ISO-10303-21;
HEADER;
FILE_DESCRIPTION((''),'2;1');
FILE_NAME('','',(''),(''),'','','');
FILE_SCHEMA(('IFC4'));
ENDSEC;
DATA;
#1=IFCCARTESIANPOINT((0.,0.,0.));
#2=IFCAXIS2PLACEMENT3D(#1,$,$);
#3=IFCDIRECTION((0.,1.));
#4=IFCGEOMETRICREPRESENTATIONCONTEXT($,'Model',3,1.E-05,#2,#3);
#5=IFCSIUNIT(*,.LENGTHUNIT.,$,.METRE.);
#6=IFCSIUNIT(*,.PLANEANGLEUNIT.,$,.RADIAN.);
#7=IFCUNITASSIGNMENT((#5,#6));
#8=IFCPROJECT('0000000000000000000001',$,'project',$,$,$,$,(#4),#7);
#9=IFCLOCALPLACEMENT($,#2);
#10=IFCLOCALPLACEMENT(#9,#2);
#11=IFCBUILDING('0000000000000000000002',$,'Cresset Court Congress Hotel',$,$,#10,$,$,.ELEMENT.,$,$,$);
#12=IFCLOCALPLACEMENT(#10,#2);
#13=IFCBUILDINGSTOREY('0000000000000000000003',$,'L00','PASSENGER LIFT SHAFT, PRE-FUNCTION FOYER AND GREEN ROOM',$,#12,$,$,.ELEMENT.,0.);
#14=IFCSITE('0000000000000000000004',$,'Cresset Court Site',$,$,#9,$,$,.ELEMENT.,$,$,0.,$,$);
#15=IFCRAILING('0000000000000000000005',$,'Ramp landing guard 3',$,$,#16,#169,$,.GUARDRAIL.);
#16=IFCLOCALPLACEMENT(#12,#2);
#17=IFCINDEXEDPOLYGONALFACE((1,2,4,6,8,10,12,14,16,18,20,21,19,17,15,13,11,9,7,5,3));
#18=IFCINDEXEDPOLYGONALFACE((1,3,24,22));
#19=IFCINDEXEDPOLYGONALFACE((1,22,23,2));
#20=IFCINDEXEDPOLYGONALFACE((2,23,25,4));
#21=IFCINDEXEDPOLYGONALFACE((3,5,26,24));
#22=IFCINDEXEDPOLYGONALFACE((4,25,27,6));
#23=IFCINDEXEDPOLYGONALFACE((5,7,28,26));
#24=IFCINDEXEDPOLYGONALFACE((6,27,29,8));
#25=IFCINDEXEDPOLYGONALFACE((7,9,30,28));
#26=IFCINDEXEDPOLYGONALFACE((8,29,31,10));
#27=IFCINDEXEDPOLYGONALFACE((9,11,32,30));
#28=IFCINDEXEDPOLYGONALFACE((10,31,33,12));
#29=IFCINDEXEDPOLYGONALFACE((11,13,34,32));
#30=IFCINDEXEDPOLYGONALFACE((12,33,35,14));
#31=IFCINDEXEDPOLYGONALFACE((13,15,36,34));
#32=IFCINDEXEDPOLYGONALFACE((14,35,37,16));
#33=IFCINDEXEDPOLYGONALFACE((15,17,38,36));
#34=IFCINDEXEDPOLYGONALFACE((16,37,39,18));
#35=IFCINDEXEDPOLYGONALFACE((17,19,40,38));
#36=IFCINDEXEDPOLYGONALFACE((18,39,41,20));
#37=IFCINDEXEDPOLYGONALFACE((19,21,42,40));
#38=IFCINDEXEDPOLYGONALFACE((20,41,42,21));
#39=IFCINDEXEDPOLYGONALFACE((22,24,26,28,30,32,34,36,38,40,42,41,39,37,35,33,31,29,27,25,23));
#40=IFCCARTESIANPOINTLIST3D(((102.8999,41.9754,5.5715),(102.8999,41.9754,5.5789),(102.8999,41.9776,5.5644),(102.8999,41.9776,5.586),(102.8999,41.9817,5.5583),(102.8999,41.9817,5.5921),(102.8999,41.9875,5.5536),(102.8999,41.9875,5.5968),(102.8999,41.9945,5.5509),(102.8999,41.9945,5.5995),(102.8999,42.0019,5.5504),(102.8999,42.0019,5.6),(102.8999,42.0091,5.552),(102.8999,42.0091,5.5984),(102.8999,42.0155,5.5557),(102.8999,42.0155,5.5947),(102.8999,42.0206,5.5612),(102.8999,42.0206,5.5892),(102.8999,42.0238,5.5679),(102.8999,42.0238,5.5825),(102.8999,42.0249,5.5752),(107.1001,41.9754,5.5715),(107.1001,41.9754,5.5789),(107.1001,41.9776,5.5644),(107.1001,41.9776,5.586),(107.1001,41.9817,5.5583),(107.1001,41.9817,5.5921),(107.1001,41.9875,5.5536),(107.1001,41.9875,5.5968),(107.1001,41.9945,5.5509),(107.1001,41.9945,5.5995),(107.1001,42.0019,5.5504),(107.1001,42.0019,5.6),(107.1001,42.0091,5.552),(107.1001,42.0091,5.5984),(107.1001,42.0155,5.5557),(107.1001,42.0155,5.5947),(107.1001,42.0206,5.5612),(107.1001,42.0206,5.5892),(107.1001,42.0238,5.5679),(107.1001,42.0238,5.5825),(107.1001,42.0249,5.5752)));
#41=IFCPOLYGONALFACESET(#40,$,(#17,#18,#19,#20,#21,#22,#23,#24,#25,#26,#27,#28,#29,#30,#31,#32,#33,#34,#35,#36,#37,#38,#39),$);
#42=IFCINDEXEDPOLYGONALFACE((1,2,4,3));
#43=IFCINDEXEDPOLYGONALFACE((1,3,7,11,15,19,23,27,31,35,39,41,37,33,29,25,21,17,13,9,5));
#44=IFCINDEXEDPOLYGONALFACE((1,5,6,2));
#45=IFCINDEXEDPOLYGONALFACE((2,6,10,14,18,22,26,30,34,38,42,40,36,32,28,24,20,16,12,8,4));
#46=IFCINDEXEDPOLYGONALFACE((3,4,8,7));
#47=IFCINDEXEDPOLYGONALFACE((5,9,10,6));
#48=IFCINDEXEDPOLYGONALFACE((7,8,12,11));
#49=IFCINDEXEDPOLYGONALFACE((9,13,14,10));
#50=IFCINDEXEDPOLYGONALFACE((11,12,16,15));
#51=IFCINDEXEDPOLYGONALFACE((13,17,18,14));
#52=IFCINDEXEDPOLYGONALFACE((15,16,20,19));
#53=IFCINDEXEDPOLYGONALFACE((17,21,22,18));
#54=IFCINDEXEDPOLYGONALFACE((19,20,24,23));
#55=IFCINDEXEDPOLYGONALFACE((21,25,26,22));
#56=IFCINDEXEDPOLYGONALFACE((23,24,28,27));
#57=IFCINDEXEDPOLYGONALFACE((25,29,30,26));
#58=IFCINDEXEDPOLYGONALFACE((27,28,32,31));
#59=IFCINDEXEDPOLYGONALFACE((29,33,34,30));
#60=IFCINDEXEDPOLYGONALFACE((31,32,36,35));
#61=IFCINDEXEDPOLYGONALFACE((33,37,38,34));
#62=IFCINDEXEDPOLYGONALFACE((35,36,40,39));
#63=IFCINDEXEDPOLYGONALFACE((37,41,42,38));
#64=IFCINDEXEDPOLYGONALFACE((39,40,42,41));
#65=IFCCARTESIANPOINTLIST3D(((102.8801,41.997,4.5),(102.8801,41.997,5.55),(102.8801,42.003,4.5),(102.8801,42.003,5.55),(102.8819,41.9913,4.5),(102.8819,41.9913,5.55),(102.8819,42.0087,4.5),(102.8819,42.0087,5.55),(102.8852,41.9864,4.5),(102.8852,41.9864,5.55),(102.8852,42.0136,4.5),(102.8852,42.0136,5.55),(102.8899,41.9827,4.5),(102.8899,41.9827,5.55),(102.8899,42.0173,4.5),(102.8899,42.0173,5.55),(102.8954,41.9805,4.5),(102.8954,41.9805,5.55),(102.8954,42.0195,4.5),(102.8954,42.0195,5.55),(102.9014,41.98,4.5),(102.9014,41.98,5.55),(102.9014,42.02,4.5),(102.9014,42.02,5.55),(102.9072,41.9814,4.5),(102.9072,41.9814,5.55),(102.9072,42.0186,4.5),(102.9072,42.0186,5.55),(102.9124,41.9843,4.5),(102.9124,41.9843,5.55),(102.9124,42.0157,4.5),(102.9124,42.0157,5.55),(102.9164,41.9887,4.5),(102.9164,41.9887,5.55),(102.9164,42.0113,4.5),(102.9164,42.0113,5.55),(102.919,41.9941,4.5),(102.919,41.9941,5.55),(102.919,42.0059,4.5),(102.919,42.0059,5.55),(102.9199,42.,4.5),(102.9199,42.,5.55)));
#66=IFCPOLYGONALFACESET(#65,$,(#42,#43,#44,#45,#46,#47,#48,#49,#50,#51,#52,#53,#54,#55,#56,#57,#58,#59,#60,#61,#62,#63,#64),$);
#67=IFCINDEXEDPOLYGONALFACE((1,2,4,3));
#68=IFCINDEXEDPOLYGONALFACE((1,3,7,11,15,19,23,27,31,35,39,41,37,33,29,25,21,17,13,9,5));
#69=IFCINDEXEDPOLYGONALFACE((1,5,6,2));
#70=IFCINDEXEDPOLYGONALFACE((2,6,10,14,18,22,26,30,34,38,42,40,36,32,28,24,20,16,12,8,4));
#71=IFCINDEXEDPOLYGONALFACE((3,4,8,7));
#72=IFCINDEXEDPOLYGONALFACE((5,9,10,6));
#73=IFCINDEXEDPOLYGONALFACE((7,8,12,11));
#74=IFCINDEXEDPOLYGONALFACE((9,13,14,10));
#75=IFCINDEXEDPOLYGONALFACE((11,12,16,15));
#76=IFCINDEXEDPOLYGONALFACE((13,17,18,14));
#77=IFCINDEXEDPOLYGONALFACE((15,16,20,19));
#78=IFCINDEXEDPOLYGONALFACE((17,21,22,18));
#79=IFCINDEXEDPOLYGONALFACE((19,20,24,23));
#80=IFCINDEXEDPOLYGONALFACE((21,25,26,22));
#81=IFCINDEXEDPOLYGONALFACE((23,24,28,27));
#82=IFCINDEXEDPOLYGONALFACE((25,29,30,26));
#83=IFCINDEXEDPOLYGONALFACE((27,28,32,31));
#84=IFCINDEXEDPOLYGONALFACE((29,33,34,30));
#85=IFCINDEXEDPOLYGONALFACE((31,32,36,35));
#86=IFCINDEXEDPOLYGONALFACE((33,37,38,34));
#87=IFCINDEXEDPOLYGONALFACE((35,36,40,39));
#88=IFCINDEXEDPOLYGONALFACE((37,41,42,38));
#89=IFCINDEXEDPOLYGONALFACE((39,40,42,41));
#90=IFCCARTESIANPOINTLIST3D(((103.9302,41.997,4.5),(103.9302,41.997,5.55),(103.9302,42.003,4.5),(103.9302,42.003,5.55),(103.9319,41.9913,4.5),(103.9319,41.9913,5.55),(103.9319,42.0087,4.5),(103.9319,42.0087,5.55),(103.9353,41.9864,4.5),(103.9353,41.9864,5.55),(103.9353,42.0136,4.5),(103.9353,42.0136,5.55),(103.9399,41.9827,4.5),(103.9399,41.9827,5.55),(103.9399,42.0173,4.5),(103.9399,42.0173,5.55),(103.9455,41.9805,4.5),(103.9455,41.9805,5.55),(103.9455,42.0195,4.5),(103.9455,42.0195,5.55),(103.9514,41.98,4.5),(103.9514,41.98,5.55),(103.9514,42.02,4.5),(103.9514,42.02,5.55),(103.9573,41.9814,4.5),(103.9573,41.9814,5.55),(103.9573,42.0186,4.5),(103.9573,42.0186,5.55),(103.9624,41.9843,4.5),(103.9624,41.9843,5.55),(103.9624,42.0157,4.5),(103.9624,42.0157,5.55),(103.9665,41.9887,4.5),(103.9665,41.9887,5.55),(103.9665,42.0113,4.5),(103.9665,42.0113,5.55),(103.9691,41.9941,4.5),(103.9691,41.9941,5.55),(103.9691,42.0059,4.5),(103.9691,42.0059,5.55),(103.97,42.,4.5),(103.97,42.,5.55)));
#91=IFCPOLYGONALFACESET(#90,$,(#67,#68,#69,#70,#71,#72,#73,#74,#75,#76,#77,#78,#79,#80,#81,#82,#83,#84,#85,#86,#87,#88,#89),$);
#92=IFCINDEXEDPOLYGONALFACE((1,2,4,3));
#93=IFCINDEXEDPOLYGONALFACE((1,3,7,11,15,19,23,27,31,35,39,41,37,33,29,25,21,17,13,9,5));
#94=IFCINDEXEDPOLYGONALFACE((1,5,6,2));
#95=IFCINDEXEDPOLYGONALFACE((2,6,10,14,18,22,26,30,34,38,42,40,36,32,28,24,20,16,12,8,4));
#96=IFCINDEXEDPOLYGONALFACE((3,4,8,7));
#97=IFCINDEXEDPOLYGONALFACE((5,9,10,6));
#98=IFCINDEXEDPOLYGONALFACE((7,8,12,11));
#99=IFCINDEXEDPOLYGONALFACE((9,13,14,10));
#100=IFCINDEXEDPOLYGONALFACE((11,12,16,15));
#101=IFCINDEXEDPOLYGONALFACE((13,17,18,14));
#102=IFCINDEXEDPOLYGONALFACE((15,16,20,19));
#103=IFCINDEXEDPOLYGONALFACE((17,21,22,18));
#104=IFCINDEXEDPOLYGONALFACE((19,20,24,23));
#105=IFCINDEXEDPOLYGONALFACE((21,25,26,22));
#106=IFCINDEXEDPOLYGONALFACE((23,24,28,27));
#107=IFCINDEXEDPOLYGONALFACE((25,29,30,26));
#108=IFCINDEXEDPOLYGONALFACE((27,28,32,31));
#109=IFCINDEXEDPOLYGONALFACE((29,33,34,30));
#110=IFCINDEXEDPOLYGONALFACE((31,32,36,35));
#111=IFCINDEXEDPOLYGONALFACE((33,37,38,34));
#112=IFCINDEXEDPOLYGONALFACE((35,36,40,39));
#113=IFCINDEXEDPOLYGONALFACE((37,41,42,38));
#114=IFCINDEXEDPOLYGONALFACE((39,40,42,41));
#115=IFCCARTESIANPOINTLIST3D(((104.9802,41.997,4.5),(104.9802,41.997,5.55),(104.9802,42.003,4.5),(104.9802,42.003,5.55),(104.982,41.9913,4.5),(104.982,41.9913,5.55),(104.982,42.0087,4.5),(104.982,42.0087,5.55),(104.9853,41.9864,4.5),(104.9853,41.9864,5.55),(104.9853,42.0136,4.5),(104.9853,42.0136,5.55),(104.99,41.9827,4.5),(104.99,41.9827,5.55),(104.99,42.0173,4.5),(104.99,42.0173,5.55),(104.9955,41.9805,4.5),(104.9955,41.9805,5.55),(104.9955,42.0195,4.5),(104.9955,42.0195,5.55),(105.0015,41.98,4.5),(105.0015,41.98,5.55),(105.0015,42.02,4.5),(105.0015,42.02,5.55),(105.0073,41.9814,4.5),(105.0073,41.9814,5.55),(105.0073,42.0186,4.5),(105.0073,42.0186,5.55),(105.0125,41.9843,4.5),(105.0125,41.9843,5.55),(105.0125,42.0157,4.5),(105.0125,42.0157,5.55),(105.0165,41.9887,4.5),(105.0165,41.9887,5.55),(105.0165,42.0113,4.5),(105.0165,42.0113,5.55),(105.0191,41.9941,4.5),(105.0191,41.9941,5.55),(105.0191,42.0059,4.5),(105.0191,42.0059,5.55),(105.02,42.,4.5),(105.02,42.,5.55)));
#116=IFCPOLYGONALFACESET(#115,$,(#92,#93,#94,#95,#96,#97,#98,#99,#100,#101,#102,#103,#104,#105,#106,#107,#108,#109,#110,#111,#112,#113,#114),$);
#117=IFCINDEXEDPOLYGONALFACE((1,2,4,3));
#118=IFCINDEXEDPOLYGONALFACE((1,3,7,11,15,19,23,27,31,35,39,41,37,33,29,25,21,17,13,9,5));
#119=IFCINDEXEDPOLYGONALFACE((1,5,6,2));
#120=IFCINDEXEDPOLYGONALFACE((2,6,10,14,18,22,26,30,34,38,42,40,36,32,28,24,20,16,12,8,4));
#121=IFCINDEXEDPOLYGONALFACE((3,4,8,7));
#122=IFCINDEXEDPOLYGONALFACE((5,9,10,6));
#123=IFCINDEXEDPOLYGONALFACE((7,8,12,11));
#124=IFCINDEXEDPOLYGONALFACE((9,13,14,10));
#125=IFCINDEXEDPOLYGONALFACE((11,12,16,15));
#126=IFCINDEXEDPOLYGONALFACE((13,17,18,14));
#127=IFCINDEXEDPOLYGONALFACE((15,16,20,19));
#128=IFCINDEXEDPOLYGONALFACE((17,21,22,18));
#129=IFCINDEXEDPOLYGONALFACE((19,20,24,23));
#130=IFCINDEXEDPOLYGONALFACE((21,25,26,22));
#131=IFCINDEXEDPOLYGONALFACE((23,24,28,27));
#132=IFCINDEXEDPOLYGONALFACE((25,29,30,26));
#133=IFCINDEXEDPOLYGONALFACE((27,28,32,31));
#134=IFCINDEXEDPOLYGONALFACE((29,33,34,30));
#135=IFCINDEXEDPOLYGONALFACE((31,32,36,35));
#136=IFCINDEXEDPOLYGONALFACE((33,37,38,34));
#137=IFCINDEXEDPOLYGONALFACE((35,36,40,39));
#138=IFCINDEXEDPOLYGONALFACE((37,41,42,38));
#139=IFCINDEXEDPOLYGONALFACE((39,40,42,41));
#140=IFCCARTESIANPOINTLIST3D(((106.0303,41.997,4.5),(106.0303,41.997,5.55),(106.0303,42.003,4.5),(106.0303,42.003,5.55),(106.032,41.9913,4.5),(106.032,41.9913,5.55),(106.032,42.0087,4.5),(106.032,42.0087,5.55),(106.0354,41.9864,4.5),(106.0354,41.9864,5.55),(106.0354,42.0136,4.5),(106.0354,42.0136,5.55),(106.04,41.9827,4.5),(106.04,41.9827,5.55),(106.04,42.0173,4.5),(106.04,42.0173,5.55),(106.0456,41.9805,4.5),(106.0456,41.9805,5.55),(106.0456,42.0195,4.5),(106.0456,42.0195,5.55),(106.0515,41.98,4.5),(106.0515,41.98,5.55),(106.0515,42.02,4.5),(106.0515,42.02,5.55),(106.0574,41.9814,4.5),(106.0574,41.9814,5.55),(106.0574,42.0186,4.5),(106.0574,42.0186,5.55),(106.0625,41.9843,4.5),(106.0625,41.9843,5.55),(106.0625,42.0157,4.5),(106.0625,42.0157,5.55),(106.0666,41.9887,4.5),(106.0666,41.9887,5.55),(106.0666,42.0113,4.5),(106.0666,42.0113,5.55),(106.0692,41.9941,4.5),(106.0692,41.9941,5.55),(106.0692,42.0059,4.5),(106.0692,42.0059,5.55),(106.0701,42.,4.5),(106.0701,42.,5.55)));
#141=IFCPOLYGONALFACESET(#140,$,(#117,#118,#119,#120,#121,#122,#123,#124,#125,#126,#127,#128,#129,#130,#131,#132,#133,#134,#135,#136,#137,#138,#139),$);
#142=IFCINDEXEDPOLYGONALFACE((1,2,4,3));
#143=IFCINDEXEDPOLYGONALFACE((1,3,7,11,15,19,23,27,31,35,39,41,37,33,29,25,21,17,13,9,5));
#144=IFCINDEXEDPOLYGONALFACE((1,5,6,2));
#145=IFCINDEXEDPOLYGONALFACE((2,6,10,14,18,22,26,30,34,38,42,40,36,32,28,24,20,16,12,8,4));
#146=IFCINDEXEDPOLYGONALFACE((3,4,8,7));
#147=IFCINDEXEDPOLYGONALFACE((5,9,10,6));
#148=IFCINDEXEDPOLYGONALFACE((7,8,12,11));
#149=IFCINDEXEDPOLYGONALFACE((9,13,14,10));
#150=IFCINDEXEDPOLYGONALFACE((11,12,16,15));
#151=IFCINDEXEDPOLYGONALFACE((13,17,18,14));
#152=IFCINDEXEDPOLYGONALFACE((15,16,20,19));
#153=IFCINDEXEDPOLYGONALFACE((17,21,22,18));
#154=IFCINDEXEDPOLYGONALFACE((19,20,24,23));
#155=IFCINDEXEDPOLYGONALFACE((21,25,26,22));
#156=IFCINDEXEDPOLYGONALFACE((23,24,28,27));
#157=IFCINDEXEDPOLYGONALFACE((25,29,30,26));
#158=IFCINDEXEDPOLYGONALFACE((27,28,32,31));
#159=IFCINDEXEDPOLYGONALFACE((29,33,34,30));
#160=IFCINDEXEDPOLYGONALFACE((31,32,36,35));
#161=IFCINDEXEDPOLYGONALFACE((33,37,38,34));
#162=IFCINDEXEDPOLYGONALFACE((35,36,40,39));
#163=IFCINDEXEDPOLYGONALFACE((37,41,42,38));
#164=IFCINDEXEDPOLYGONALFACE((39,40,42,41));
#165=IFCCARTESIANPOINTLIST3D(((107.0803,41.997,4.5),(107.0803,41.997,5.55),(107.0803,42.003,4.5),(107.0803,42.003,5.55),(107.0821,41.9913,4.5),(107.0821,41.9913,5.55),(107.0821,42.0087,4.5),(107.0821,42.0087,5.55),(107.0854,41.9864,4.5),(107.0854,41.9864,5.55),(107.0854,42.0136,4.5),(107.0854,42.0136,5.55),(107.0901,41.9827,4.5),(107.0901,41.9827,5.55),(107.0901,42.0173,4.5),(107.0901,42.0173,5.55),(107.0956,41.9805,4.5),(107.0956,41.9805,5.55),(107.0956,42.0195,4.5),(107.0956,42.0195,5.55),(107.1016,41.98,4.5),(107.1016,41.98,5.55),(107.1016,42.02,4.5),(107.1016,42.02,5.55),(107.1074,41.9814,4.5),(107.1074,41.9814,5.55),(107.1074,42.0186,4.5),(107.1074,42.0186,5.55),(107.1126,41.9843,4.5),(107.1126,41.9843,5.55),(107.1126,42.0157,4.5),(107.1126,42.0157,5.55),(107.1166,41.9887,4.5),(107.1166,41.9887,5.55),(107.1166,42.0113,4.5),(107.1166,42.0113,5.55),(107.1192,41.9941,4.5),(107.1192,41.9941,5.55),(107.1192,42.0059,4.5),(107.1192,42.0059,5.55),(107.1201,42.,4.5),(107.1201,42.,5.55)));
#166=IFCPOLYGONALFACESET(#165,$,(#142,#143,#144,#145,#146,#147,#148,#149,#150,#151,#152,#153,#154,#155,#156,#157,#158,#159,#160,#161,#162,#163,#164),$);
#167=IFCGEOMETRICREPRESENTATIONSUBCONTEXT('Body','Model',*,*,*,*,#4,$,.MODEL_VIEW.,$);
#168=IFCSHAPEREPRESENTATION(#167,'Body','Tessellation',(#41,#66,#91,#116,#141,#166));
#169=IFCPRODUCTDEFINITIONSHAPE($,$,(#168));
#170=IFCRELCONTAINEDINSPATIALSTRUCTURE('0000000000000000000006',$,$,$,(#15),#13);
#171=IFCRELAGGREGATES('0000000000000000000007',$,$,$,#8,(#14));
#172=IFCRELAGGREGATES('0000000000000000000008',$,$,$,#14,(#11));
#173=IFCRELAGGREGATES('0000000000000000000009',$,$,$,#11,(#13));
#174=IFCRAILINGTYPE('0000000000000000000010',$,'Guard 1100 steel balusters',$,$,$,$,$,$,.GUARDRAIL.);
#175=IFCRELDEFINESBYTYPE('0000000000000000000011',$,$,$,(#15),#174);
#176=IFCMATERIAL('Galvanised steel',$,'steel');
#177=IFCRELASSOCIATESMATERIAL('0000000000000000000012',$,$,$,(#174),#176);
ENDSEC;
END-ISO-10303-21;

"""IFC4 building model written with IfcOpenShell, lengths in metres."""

from ifc_helpers import new_model, si_unit, direction, frame, origin, origin_2d, place, context, subcontext, project, spatial, circle, extrude, material, type_object, element, save


model = new_model("IFC4")

# Units and contexts
model_context = context("Model", 3, precision=1e-05, world=origin(), true_north=direction((0.0, 1.0)))
body_context = subcontext(model_context, "Body", "Model", "MODEL_VIEW")
ifc_project = project(units=[si_unit("LENGTHUNIT", "METRE"), si_unit("PLANEANGLEUNIT", "RADIAN")], contexts=[model_context])

# Site, building, storey
site_placement = place(None, origin())
site = spatial("IfcSite", under=ifc_project, at=site_placement, Name="Cresset Court Site", CompositionType="ELEMENT", RefElevation=0.0)
building_placement = place(site_placement, origin())
building = spatial("IfcBuilding", under=site, at=building_placement, Name="Cresset Court Congress Hotel", CompositionType="ELEMENT")
storey_placement = place(building_placement, origin())
storey = spatial("IfcBuildingStorey", under=building, at=storey_placement, Name="L00", Description="PASSENGER LIFT SHAFT, PRE-FUNCTION FOYER AND GREEN ROOM", CompositionType="ELEMENT", Elevation=0.0)

# Railing
ifc_material_1 = material(Name="Galvanised steel", Category="steel")
railing_type = type_object("IfcRailingType", Name="Guard 1100 steel balusters", PredefinedType="GUARDRAIL", material=ifc_material_1)
railing_1_placement = place(storey_placement, frame((102.8999, 42.0, 4.5)))
element("IfcRailing", 1, at=railing_1_placement, inside=storey, type_object=railing_type, Name="Ramp landing guard 3", PredefinedType="GUARDRAIL", context=body_context, shape_type="SweptSolid", body=[
    extrude(circle(Radius=0.0249, at=origin_2d()), frame((0.0, 0.0, 1.0752), z_axis=(1.0, 0.0, 0.0), x_axis=(0.0, 1.0, 0.0)), (0.0, 0.0, 1.0), 4.2002),
    extrude(circle(Radius=0.02, at=origin_2d()), origin(), (0.0, 0.0, 1.0), 1.05),
    extrude(circle(Radius=0.02, at=origin_2d()), frame((1.05, 0.0, 0.0)), (0.0, 0.0, 1.0), 1.05),
    extrude(circle(Radius=0.02, at=origin_2d()), frame((2.1001, 0.0, 0.0)), (0.0, 0.0, 1.0), 1.05),
    extrude(circle(Radius=0.02, at=origin_2d()), frame((3.1501, 0.0, 0.0)), (0.0, 0.0, 1.0), 1.05),
    extrude(circle(Radius=0.02, at=origin_2d()), frame((4.2002, 0.0, 0.0)), (0.0, 0.0, 1.0), 1.05),
])

save(model, "model.ifc")
